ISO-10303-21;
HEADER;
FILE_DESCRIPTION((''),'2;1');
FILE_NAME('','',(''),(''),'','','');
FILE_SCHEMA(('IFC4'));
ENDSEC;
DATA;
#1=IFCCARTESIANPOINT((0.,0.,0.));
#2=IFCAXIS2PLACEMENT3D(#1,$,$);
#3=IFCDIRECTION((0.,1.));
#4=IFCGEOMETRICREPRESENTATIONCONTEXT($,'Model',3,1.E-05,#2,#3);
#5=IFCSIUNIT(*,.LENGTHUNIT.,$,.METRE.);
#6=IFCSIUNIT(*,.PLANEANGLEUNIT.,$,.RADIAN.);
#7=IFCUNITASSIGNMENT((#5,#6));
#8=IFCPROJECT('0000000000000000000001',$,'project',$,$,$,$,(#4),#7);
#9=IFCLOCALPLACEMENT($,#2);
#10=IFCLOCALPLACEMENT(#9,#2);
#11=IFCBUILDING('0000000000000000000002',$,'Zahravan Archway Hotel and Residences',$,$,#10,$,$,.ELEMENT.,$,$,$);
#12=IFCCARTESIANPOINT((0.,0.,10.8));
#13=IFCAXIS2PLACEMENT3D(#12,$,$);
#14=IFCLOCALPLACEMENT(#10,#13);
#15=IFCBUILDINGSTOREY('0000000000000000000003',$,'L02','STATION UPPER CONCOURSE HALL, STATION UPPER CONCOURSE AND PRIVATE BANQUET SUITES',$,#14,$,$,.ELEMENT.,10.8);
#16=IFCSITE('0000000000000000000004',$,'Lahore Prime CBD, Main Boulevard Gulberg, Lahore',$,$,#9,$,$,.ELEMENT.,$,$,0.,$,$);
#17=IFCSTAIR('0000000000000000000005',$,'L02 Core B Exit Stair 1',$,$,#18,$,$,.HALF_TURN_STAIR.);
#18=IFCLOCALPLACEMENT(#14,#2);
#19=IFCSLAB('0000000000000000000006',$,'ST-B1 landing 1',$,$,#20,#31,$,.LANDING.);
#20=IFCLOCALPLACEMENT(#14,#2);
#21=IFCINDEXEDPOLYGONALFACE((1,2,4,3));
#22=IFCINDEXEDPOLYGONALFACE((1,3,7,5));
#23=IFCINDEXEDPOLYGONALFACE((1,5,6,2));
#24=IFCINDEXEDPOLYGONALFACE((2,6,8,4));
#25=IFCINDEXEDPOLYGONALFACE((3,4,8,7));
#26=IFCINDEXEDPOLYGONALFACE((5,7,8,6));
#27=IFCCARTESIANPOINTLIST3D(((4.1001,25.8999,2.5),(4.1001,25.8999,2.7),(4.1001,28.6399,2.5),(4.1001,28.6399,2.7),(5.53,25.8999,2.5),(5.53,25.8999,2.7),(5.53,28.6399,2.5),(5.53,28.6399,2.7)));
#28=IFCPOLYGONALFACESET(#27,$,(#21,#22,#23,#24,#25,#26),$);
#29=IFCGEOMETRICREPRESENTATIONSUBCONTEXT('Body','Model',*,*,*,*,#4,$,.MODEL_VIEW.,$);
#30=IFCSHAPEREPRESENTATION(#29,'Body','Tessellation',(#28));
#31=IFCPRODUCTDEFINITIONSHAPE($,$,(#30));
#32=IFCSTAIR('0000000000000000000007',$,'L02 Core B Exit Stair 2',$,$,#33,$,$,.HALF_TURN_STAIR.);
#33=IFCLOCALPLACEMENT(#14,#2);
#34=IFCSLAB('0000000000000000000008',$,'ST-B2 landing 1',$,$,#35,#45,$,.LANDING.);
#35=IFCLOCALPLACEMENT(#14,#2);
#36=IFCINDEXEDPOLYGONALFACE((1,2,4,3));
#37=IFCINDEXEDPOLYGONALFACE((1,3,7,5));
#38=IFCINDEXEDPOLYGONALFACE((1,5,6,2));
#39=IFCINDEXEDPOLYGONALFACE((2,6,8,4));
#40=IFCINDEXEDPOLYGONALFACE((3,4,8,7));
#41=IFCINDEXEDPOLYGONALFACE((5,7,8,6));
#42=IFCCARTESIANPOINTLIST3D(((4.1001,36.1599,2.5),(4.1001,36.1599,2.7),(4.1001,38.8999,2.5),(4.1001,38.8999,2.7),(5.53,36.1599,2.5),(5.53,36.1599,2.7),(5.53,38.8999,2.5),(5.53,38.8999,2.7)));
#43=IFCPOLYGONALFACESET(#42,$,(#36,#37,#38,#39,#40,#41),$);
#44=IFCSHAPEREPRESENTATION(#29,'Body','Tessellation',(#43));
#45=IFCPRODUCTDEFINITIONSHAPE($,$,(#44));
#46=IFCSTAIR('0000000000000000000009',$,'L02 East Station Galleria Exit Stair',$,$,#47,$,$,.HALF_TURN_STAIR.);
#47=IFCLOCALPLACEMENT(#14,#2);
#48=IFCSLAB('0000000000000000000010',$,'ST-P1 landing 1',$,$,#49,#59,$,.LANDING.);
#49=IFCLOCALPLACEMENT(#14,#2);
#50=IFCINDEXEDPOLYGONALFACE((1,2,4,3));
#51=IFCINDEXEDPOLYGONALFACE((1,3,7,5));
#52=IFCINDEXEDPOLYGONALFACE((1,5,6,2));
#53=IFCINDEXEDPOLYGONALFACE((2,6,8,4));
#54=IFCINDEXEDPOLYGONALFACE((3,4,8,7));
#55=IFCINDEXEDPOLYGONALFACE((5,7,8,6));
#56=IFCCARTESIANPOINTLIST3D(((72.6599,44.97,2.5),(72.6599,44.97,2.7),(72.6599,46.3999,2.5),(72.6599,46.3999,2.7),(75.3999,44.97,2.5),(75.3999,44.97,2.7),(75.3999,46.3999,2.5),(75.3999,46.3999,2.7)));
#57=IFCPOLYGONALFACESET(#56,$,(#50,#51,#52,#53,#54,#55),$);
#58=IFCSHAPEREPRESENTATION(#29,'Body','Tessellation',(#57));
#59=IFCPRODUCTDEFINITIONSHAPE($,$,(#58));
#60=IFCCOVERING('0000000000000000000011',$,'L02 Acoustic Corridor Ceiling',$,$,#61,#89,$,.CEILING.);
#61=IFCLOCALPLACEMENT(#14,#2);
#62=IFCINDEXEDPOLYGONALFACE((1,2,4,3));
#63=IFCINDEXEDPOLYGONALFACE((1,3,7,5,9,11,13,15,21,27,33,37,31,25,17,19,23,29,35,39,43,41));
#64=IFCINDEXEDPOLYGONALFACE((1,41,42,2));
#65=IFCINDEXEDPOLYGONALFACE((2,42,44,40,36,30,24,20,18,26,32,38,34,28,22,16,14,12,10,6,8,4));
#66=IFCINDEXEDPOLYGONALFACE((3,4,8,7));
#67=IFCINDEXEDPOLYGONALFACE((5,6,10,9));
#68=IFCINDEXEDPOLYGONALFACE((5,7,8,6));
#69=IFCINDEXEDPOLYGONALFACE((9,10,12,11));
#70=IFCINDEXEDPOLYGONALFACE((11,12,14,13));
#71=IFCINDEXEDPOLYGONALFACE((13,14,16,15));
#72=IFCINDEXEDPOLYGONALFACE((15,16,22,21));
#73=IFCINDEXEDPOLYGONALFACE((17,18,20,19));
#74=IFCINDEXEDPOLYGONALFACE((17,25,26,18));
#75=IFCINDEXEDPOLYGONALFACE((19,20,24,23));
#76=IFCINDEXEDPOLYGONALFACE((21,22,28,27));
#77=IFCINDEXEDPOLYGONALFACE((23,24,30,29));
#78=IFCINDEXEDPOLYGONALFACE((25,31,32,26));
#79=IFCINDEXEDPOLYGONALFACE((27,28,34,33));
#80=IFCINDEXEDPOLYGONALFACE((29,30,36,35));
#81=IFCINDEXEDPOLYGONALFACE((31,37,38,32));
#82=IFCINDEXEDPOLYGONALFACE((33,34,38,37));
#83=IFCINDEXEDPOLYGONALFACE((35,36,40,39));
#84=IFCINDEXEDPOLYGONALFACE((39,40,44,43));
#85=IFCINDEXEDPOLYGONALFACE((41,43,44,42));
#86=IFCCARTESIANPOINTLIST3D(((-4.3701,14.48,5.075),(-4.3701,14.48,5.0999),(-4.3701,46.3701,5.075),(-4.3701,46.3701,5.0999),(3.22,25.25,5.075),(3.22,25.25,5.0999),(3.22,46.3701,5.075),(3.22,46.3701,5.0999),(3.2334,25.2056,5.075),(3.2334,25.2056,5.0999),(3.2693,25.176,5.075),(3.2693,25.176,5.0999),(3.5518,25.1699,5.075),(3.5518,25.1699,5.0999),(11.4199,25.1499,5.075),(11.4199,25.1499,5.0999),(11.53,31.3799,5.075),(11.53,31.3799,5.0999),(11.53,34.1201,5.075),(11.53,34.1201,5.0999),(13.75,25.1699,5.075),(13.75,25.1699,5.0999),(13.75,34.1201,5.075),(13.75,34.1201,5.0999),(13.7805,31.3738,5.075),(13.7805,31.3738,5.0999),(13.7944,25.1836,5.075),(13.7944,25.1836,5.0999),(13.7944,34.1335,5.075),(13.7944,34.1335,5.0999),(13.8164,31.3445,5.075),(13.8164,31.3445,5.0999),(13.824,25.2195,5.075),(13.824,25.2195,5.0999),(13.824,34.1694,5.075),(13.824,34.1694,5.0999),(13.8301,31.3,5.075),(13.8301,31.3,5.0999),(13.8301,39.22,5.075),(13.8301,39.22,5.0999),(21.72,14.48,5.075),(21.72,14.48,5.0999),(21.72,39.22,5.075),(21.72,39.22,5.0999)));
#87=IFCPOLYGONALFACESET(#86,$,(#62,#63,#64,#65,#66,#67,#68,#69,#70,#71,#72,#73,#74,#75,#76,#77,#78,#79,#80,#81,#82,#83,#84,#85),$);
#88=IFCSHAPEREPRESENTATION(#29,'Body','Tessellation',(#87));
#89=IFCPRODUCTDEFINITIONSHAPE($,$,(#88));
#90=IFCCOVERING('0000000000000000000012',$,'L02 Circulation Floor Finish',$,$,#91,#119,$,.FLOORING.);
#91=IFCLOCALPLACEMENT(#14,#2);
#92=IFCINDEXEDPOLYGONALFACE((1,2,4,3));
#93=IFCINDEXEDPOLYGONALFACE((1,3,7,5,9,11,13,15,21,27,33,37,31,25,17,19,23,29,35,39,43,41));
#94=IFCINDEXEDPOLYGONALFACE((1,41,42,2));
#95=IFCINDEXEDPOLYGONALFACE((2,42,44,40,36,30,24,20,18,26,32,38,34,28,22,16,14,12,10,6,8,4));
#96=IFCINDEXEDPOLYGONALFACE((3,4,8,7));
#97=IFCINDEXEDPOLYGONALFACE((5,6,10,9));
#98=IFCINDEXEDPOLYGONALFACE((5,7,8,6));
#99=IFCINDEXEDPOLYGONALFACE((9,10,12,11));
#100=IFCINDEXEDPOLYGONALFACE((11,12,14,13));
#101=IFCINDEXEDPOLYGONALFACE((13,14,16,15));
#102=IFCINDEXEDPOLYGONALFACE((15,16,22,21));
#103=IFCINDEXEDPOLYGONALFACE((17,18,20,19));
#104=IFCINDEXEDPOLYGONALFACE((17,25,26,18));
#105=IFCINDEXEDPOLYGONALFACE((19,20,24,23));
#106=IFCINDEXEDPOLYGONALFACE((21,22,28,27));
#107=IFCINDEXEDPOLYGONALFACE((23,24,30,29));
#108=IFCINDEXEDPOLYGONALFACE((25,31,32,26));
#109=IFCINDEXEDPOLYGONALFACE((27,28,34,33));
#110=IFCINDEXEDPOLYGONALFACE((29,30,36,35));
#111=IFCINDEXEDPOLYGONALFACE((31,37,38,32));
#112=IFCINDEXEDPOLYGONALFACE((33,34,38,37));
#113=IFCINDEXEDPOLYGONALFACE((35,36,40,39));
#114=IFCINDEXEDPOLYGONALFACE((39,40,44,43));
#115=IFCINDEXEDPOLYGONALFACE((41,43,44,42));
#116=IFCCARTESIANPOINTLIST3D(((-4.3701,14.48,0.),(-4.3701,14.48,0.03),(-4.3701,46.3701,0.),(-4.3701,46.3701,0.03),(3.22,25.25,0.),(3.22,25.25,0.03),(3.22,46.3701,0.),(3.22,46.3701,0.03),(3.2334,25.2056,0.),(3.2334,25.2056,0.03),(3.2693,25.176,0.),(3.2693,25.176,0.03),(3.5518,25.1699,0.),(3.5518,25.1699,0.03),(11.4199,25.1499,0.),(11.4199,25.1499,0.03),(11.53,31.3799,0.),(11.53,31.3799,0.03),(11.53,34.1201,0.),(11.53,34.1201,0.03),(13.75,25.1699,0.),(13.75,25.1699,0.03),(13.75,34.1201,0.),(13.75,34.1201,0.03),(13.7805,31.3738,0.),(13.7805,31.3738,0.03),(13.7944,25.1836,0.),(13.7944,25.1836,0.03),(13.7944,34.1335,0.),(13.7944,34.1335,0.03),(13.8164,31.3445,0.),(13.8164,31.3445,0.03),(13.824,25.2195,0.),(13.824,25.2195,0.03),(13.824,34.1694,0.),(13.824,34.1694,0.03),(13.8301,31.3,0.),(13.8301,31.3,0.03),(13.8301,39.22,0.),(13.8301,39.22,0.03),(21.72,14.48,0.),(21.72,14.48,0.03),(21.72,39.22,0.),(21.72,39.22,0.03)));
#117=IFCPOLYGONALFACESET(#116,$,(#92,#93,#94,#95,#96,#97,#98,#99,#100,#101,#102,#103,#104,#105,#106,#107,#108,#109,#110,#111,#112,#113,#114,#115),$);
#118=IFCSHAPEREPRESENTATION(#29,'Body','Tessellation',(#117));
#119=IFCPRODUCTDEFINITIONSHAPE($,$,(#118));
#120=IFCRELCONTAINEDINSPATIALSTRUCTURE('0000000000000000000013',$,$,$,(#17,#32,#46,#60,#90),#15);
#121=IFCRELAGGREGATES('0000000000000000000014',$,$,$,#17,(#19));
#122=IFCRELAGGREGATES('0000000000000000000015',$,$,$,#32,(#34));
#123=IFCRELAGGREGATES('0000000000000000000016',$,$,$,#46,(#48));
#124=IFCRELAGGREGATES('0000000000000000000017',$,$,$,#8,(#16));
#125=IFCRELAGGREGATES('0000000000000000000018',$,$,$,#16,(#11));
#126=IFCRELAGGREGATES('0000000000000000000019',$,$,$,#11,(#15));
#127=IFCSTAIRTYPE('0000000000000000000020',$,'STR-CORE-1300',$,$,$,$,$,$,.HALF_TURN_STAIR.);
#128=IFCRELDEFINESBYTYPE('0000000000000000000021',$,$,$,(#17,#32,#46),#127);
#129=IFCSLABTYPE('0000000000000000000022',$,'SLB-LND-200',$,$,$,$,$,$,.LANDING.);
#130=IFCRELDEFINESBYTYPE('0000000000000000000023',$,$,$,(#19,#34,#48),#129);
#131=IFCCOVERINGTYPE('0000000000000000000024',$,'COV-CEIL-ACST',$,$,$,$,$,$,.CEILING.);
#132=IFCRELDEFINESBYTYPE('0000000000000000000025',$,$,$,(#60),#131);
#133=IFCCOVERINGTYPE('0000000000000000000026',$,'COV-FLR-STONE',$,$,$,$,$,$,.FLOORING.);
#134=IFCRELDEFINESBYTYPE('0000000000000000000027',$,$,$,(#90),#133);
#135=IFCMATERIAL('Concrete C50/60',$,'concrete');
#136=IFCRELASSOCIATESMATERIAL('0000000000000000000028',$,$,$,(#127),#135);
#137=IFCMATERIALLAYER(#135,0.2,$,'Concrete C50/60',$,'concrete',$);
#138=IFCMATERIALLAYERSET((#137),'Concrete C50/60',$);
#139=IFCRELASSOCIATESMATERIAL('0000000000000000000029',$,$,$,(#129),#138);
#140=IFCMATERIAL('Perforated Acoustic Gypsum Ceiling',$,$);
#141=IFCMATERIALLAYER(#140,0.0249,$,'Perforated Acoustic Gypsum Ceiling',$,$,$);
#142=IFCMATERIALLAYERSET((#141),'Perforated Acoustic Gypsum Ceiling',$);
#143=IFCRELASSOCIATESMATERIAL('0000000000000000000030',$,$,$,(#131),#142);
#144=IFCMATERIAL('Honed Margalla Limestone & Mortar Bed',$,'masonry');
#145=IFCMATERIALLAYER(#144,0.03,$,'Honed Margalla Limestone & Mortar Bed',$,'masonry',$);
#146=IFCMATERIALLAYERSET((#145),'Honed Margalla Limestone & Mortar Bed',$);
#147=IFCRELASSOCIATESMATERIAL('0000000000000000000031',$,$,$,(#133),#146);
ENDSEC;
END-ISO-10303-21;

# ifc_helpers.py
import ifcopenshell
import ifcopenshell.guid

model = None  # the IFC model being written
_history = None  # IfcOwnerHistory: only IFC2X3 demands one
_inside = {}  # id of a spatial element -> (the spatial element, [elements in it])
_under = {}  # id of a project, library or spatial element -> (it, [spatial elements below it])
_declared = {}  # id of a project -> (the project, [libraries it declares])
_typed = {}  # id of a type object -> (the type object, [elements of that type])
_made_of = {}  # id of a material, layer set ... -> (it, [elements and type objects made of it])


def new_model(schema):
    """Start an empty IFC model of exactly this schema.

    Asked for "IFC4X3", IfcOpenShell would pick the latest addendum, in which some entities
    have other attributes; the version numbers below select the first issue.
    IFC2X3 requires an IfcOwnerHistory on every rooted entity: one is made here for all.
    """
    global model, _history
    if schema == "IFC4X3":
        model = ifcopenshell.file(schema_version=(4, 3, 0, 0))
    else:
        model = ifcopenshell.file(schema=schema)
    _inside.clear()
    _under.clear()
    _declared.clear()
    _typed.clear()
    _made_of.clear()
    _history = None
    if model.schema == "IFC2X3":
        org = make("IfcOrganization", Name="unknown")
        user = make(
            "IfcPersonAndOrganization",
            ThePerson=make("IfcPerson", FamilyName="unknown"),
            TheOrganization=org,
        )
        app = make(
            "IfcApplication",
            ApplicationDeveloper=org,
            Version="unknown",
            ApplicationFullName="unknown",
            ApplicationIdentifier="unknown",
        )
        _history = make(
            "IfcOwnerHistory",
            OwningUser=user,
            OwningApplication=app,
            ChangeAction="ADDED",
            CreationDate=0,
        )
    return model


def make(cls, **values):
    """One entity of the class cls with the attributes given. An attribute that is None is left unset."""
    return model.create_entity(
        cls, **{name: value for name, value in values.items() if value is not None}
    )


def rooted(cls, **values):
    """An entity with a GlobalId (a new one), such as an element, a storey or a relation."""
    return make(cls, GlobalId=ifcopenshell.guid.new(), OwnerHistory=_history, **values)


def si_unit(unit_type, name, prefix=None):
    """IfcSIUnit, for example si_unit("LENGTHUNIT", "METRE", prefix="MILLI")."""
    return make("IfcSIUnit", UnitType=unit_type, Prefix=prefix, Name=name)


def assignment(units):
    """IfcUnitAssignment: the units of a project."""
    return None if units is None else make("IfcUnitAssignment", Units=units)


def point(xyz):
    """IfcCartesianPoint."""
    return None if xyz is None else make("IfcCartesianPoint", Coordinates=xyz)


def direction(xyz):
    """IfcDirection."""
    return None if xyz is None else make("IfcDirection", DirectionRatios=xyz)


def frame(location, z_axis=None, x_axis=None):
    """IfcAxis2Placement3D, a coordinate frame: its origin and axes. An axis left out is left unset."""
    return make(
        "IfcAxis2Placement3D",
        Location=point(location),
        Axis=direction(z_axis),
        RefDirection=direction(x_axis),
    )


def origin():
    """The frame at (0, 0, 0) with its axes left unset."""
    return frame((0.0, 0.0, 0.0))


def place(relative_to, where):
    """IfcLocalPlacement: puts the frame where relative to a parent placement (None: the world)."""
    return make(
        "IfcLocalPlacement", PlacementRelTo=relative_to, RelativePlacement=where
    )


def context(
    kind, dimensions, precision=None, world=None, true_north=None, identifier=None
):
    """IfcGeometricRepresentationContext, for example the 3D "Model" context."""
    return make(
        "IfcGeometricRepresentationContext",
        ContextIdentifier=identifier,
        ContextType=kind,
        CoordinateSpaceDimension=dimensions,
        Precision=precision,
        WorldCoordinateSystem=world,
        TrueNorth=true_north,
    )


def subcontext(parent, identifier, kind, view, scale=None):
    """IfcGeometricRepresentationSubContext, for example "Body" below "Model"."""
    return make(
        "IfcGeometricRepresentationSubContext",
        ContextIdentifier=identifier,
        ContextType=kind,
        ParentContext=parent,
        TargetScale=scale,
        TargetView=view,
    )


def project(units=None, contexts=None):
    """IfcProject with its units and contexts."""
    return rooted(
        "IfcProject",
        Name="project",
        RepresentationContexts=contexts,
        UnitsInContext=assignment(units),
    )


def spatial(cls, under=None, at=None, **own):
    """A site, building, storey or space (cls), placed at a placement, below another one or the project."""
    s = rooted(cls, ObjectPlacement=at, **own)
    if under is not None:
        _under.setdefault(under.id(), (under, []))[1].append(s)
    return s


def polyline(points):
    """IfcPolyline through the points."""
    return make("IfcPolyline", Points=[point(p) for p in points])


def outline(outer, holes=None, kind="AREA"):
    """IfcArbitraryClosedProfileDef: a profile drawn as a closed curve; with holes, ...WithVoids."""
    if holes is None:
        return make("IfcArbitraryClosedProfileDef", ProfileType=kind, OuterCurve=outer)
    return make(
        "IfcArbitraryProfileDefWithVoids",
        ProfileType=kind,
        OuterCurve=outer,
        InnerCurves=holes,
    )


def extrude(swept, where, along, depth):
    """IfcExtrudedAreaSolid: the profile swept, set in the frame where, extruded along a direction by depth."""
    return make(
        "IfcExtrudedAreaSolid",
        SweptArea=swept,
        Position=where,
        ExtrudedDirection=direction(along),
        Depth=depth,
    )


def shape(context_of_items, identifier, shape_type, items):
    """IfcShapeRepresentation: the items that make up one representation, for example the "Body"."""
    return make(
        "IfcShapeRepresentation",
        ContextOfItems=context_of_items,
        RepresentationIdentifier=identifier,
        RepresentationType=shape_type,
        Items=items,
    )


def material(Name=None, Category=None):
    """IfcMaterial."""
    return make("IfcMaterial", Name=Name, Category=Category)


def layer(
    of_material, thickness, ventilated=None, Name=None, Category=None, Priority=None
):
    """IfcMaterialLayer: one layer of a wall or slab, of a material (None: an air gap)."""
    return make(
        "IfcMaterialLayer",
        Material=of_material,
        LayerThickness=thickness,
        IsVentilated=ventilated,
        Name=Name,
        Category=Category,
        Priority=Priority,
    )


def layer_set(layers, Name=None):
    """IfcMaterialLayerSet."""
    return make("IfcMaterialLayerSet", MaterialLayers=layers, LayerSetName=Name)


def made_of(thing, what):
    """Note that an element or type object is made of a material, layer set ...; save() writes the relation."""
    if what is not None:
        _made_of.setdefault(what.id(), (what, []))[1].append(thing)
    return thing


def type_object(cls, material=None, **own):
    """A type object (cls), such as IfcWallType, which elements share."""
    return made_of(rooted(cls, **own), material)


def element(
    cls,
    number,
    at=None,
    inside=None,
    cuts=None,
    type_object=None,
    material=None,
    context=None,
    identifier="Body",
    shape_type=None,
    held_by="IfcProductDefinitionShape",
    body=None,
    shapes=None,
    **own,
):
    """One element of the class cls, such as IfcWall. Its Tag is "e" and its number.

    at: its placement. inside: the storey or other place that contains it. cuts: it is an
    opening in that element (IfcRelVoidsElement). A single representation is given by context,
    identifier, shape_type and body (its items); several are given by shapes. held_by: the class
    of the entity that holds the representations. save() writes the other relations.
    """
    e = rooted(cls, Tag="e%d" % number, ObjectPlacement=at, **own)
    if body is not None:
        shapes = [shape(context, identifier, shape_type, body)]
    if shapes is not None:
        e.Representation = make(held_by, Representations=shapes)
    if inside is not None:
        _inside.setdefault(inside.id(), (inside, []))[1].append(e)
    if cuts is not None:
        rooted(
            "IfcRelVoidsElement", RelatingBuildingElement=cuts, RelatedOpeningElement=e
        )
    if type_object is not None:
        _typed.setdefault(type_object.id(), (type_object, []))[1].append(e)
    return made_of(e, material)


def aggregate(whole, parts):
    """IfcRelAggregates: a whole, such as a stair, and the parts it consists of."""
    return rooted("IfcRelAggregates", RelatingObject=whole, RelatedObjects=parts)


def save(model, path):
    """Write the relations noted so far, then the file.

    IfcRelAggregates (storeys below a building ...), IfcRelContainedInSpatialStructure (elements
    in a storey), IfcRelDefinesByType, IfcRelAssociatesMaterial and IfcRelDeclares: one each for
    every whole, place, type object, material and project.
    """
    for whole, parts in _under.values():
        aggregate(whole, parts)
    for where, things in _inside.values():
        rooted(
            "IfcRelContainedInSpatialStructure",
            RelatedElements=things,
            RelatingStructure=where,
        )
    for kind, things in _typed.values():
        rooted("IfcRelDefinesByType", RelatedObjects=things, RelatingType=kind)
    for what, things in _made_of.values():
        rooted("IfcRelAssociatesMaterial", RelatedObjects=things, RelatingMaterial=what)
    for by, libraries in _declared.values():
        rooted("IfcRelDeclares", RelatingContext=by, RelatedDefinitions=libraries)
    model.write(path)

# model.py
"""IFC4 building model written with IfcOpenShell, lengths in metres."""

from ifc_helpers import new_model, si_unit, direction, frame, origin, place, context, subcontext, project, spatial, polyline, outline, extrude, material, layer, layer_set, type_object, element, aggregate, save


model = new_model("IFC4")

# Units and contexts
model_context = context("Model", 3, precision=1e-05, world=origin(), true_north=direction((0.0, 1.0)))
body_context = subcontext(model_context, "Body", "Model", "MODEL_VIEW")
ifc_project = project(units=[si_unit("LENGTHUNIT", "METRE"), si_unit("PLANEANGLEUNIT", "RADIAN")], contexts=[model_context])

# Site, building, storey
site_placement = place(None, origin())
site = spatial("IfcSite", under=ifc_project, at=site_placement, Name="Lahore Prime CBD, Main Boulevard Gulberg, Lahore", CompositionType="ELEMENT", RefElevation=0.0)
building_placement = place(site_placement, origin())
building = spatial("IfcBuilding", under=site, at=building_placement, Name="Zahravan Archway Hotel and Residences", CompositionType="ELEMENT")
storey_placement = place(building_placement, frame((0.0, 0.0, 10.8)))
storey = spatial("IfcBuildingStorey", under=building, at=storey_placement, Name="L02", Description="STATION UPPER CONCOURSE HALL, STATION UPPER CONCOURSE AND PRIVATE BANQUET SUITES", CompositionType="ELEMENT", Elevation=10.8)

# Stairs, slabs
ifc_material_1 = material(Name="Concrete C50/60", Category="concrete")
stair_type = type_object("IfcStairType", Name="STR-CORE-1300", PredefinedType="HALF_TURN_STAIR", material=ifc_material_1)
ifc_layer_1 = layer(ifc_material_1, 0.2, Name="Concrete C50/60", Category="concrete")
ifc_layer_set_1 = layer_set([ifc_layer_1], Name="Concrete C50/60")
slab_type = type_object("IfcSlabType", Name="SLB-LND-200", PredefinedType="LANDING", material=ifc_layer_set_1)
stair_1_placement = place(storey_placement, origin())
stair_1 = element("IfcStair", 1, at=stair_1_placement, inside=storey, type_object=stair_type, Name="L02 Core B Exit Stair 1", PredefinedType="HALF_TURN_STAIR")
slab_1_placement = place(storey_placement, frame((0.0, 0.0, 2.5)))
slab_1 = element("IfcSlab", 2, at=slab_1_placement, type_object=slab_type, Name="ST-B1 landing 1", PredefinedType="LANDING", context=body_context, shape_type="SweptSolid", body=[
    extrude(outline(polyline([(5.53, 28.6399), (4.1001, 28.6399), (4.1001, 25.8999), (5.53, 25.8999), (5.53, 28.6399)])), origin(), (0.0, 0.0, 1.0), 0.2),
])
aggregate(stair_1, [slab_1])
stair_2_placement = place(storey_placement, origin())
stair_2 = element("IfcStair", 3, at=stair_2_placement, inside=storey, type_object=stair_type, Name="L02 Core B Exit Stair 2", PredefinedType="HALF_TURN_STAIR")
slab_2_placement = place(storey_placement, frame((0.0, 0.0, 2.5)))
slab_2 = element("IfcSlab", 4, at=slab_2_placement, type_object=slab_type, Name="ST-B2 landing 1", PredefinedType="LANDING", context=body_context, shape_type="SweptSolid", body=[
    extrude(outline(polyline([(5.53, 38.8999), (4.1001, 38.8999), (4.1001, 36.1599), (5.53, 36.1599), (5.53, 38.8999)])), origin(), (0.0, 0.0, 1.0), 0.2),
])
aggregate(stair_2, [slab_2])
stair_3_placement = place(storey_placement, origin())
stair_3 = element("IfcStair", 5, at=stair_3_placement, inside=storey, type_object=stair_type, Name="L02 East Station Galleria Exit Stair", PredefinedType="HALF_TURN_STAIR")
slab_3_placement = place(storey_placement, frame((0.0, 0.0, 2.5)))
slab_3 = element("IfcSlab", 6, at=slab_3_placement, type_object=slab_type, Name="ST-P1 landing 1", PredefinedType="LANDING", context=body_context, shape_type="SweptSolid", body=[
    extrude(outline(polyline([(75.3999, 44.97), (75.3999, 46.3999), (72.6599, 46.3999), (72.6599, 44.97), (75.3999, 44.97)])), origin(), (0.0, 0.0, 1.0), 0.2),
])
aggregate(stair_3, [slab_3])

# Coverings
ifc_material_2 = material(Name="Perforated Acoustic Gypsum Ceiling")
ifc_layer_2 = layer(ifc_material_2, 0.0249, Name="Perforated Acoustic Gypsum Ceiling")
ifc_layer_set_2 = layer_set([ifc_layer_2], Name="Perforated Acoustic Gypsum Ceiling")
covering_type_1 = type_object("IfcCoveringType", Name="COV-CEIL-ACST", PredefinedType="CEILING", material=ifc_layer_set_2)
covering_1_placement = place(storey_placement, frame((0.0, 0.0, 5.075)))
element("IfcCovering", 7, at=covering_1_placement, inside=storey, type_object=covering_type_1, Name="L02 Acoustic Corridor Ceiling", PredefinedType="CEILING", context=body_context, shape_type="SweptSolid", body=[
    extrude(outline(polyline([(3.22, 25.25), (3.2334, 25.2056), (3.2693, 25.176), (3.5518, 25.1699), (11.4199, 25.1499), (13.75, 25.1699), (13.7944, 25.1836), (13.824, 25.2195), (13.8301, 31.3), (13.8164, 31.3445), (13.7805, 31.3738), (11.53, 31.3799), (11.53, 34.1201), (13.75, 34.1201), (13.7944, 34.1335), (13.824, 34.1694), (13.8301, 39.22), (21.72, 39.22), (21.72, 14.48), (-4.3701, 14.48), (-4.3701, 46.3701), (3.22, 46.3701), (3.22, 25.25)])), origin(), (0.0, 0.0, 1.0), 0.0249),
])
ifc_material_3 = material(Name="Honed Margalla Limestone & Mortar Bed", Category="masonry")
ifc_layer_3 = layer(ifc_material_3, 0.03, Name="Honed Margalla Limestone & Mortar Bed", Category="masonry")
ifc_layer_set_3 = layer_set([ifc_layer_3], Name="Honed Margalla Limestone & Mortar Bed")
covering_type_2 = type_object("IfcCoveringType", Name="COV-FLR-STONE", PredefinedType="FLOORING", material=ifc_layer_set_3)
covering_2_placement = place(storey_placement, origin())
element("IfcCovering", 8, at=covering_2_placement, inside=storey, type_object=covering_type_2, Name="L02 Circulation Floor Finish", PredefinedType="FLOORING", context=body_context, shape_type="SweptSolid", body=[
    extrude(outline(polyline([(3.22, 25.25), (3.2334, 25.2056), (3.2693, 25.176), (3.5518, 25.1699), (11.4199, 25.1499), (13.75, 25.1699), (13.7944, 25.1836), (13.824, 25.2195), (13.8301, 31.3), (13.8164, 31.3445), (13.7805, 31.3738), (11.53, 31.3799), (11.53, 34.1201), (13.75, 34.1201), (13.7944, 34.1335), (13.824, 34.1694), (13.8301, 39.22), (21.72, 39.22), (21.72, 14.48), (-4.3701, 14.48), (-4.3701, 46.3701), (3.22, 46.3701), (3.22, 25.25)])), origin(), (0.0, 0.0, 1.0), 0.03),
])

save(model, "model.ifc")
